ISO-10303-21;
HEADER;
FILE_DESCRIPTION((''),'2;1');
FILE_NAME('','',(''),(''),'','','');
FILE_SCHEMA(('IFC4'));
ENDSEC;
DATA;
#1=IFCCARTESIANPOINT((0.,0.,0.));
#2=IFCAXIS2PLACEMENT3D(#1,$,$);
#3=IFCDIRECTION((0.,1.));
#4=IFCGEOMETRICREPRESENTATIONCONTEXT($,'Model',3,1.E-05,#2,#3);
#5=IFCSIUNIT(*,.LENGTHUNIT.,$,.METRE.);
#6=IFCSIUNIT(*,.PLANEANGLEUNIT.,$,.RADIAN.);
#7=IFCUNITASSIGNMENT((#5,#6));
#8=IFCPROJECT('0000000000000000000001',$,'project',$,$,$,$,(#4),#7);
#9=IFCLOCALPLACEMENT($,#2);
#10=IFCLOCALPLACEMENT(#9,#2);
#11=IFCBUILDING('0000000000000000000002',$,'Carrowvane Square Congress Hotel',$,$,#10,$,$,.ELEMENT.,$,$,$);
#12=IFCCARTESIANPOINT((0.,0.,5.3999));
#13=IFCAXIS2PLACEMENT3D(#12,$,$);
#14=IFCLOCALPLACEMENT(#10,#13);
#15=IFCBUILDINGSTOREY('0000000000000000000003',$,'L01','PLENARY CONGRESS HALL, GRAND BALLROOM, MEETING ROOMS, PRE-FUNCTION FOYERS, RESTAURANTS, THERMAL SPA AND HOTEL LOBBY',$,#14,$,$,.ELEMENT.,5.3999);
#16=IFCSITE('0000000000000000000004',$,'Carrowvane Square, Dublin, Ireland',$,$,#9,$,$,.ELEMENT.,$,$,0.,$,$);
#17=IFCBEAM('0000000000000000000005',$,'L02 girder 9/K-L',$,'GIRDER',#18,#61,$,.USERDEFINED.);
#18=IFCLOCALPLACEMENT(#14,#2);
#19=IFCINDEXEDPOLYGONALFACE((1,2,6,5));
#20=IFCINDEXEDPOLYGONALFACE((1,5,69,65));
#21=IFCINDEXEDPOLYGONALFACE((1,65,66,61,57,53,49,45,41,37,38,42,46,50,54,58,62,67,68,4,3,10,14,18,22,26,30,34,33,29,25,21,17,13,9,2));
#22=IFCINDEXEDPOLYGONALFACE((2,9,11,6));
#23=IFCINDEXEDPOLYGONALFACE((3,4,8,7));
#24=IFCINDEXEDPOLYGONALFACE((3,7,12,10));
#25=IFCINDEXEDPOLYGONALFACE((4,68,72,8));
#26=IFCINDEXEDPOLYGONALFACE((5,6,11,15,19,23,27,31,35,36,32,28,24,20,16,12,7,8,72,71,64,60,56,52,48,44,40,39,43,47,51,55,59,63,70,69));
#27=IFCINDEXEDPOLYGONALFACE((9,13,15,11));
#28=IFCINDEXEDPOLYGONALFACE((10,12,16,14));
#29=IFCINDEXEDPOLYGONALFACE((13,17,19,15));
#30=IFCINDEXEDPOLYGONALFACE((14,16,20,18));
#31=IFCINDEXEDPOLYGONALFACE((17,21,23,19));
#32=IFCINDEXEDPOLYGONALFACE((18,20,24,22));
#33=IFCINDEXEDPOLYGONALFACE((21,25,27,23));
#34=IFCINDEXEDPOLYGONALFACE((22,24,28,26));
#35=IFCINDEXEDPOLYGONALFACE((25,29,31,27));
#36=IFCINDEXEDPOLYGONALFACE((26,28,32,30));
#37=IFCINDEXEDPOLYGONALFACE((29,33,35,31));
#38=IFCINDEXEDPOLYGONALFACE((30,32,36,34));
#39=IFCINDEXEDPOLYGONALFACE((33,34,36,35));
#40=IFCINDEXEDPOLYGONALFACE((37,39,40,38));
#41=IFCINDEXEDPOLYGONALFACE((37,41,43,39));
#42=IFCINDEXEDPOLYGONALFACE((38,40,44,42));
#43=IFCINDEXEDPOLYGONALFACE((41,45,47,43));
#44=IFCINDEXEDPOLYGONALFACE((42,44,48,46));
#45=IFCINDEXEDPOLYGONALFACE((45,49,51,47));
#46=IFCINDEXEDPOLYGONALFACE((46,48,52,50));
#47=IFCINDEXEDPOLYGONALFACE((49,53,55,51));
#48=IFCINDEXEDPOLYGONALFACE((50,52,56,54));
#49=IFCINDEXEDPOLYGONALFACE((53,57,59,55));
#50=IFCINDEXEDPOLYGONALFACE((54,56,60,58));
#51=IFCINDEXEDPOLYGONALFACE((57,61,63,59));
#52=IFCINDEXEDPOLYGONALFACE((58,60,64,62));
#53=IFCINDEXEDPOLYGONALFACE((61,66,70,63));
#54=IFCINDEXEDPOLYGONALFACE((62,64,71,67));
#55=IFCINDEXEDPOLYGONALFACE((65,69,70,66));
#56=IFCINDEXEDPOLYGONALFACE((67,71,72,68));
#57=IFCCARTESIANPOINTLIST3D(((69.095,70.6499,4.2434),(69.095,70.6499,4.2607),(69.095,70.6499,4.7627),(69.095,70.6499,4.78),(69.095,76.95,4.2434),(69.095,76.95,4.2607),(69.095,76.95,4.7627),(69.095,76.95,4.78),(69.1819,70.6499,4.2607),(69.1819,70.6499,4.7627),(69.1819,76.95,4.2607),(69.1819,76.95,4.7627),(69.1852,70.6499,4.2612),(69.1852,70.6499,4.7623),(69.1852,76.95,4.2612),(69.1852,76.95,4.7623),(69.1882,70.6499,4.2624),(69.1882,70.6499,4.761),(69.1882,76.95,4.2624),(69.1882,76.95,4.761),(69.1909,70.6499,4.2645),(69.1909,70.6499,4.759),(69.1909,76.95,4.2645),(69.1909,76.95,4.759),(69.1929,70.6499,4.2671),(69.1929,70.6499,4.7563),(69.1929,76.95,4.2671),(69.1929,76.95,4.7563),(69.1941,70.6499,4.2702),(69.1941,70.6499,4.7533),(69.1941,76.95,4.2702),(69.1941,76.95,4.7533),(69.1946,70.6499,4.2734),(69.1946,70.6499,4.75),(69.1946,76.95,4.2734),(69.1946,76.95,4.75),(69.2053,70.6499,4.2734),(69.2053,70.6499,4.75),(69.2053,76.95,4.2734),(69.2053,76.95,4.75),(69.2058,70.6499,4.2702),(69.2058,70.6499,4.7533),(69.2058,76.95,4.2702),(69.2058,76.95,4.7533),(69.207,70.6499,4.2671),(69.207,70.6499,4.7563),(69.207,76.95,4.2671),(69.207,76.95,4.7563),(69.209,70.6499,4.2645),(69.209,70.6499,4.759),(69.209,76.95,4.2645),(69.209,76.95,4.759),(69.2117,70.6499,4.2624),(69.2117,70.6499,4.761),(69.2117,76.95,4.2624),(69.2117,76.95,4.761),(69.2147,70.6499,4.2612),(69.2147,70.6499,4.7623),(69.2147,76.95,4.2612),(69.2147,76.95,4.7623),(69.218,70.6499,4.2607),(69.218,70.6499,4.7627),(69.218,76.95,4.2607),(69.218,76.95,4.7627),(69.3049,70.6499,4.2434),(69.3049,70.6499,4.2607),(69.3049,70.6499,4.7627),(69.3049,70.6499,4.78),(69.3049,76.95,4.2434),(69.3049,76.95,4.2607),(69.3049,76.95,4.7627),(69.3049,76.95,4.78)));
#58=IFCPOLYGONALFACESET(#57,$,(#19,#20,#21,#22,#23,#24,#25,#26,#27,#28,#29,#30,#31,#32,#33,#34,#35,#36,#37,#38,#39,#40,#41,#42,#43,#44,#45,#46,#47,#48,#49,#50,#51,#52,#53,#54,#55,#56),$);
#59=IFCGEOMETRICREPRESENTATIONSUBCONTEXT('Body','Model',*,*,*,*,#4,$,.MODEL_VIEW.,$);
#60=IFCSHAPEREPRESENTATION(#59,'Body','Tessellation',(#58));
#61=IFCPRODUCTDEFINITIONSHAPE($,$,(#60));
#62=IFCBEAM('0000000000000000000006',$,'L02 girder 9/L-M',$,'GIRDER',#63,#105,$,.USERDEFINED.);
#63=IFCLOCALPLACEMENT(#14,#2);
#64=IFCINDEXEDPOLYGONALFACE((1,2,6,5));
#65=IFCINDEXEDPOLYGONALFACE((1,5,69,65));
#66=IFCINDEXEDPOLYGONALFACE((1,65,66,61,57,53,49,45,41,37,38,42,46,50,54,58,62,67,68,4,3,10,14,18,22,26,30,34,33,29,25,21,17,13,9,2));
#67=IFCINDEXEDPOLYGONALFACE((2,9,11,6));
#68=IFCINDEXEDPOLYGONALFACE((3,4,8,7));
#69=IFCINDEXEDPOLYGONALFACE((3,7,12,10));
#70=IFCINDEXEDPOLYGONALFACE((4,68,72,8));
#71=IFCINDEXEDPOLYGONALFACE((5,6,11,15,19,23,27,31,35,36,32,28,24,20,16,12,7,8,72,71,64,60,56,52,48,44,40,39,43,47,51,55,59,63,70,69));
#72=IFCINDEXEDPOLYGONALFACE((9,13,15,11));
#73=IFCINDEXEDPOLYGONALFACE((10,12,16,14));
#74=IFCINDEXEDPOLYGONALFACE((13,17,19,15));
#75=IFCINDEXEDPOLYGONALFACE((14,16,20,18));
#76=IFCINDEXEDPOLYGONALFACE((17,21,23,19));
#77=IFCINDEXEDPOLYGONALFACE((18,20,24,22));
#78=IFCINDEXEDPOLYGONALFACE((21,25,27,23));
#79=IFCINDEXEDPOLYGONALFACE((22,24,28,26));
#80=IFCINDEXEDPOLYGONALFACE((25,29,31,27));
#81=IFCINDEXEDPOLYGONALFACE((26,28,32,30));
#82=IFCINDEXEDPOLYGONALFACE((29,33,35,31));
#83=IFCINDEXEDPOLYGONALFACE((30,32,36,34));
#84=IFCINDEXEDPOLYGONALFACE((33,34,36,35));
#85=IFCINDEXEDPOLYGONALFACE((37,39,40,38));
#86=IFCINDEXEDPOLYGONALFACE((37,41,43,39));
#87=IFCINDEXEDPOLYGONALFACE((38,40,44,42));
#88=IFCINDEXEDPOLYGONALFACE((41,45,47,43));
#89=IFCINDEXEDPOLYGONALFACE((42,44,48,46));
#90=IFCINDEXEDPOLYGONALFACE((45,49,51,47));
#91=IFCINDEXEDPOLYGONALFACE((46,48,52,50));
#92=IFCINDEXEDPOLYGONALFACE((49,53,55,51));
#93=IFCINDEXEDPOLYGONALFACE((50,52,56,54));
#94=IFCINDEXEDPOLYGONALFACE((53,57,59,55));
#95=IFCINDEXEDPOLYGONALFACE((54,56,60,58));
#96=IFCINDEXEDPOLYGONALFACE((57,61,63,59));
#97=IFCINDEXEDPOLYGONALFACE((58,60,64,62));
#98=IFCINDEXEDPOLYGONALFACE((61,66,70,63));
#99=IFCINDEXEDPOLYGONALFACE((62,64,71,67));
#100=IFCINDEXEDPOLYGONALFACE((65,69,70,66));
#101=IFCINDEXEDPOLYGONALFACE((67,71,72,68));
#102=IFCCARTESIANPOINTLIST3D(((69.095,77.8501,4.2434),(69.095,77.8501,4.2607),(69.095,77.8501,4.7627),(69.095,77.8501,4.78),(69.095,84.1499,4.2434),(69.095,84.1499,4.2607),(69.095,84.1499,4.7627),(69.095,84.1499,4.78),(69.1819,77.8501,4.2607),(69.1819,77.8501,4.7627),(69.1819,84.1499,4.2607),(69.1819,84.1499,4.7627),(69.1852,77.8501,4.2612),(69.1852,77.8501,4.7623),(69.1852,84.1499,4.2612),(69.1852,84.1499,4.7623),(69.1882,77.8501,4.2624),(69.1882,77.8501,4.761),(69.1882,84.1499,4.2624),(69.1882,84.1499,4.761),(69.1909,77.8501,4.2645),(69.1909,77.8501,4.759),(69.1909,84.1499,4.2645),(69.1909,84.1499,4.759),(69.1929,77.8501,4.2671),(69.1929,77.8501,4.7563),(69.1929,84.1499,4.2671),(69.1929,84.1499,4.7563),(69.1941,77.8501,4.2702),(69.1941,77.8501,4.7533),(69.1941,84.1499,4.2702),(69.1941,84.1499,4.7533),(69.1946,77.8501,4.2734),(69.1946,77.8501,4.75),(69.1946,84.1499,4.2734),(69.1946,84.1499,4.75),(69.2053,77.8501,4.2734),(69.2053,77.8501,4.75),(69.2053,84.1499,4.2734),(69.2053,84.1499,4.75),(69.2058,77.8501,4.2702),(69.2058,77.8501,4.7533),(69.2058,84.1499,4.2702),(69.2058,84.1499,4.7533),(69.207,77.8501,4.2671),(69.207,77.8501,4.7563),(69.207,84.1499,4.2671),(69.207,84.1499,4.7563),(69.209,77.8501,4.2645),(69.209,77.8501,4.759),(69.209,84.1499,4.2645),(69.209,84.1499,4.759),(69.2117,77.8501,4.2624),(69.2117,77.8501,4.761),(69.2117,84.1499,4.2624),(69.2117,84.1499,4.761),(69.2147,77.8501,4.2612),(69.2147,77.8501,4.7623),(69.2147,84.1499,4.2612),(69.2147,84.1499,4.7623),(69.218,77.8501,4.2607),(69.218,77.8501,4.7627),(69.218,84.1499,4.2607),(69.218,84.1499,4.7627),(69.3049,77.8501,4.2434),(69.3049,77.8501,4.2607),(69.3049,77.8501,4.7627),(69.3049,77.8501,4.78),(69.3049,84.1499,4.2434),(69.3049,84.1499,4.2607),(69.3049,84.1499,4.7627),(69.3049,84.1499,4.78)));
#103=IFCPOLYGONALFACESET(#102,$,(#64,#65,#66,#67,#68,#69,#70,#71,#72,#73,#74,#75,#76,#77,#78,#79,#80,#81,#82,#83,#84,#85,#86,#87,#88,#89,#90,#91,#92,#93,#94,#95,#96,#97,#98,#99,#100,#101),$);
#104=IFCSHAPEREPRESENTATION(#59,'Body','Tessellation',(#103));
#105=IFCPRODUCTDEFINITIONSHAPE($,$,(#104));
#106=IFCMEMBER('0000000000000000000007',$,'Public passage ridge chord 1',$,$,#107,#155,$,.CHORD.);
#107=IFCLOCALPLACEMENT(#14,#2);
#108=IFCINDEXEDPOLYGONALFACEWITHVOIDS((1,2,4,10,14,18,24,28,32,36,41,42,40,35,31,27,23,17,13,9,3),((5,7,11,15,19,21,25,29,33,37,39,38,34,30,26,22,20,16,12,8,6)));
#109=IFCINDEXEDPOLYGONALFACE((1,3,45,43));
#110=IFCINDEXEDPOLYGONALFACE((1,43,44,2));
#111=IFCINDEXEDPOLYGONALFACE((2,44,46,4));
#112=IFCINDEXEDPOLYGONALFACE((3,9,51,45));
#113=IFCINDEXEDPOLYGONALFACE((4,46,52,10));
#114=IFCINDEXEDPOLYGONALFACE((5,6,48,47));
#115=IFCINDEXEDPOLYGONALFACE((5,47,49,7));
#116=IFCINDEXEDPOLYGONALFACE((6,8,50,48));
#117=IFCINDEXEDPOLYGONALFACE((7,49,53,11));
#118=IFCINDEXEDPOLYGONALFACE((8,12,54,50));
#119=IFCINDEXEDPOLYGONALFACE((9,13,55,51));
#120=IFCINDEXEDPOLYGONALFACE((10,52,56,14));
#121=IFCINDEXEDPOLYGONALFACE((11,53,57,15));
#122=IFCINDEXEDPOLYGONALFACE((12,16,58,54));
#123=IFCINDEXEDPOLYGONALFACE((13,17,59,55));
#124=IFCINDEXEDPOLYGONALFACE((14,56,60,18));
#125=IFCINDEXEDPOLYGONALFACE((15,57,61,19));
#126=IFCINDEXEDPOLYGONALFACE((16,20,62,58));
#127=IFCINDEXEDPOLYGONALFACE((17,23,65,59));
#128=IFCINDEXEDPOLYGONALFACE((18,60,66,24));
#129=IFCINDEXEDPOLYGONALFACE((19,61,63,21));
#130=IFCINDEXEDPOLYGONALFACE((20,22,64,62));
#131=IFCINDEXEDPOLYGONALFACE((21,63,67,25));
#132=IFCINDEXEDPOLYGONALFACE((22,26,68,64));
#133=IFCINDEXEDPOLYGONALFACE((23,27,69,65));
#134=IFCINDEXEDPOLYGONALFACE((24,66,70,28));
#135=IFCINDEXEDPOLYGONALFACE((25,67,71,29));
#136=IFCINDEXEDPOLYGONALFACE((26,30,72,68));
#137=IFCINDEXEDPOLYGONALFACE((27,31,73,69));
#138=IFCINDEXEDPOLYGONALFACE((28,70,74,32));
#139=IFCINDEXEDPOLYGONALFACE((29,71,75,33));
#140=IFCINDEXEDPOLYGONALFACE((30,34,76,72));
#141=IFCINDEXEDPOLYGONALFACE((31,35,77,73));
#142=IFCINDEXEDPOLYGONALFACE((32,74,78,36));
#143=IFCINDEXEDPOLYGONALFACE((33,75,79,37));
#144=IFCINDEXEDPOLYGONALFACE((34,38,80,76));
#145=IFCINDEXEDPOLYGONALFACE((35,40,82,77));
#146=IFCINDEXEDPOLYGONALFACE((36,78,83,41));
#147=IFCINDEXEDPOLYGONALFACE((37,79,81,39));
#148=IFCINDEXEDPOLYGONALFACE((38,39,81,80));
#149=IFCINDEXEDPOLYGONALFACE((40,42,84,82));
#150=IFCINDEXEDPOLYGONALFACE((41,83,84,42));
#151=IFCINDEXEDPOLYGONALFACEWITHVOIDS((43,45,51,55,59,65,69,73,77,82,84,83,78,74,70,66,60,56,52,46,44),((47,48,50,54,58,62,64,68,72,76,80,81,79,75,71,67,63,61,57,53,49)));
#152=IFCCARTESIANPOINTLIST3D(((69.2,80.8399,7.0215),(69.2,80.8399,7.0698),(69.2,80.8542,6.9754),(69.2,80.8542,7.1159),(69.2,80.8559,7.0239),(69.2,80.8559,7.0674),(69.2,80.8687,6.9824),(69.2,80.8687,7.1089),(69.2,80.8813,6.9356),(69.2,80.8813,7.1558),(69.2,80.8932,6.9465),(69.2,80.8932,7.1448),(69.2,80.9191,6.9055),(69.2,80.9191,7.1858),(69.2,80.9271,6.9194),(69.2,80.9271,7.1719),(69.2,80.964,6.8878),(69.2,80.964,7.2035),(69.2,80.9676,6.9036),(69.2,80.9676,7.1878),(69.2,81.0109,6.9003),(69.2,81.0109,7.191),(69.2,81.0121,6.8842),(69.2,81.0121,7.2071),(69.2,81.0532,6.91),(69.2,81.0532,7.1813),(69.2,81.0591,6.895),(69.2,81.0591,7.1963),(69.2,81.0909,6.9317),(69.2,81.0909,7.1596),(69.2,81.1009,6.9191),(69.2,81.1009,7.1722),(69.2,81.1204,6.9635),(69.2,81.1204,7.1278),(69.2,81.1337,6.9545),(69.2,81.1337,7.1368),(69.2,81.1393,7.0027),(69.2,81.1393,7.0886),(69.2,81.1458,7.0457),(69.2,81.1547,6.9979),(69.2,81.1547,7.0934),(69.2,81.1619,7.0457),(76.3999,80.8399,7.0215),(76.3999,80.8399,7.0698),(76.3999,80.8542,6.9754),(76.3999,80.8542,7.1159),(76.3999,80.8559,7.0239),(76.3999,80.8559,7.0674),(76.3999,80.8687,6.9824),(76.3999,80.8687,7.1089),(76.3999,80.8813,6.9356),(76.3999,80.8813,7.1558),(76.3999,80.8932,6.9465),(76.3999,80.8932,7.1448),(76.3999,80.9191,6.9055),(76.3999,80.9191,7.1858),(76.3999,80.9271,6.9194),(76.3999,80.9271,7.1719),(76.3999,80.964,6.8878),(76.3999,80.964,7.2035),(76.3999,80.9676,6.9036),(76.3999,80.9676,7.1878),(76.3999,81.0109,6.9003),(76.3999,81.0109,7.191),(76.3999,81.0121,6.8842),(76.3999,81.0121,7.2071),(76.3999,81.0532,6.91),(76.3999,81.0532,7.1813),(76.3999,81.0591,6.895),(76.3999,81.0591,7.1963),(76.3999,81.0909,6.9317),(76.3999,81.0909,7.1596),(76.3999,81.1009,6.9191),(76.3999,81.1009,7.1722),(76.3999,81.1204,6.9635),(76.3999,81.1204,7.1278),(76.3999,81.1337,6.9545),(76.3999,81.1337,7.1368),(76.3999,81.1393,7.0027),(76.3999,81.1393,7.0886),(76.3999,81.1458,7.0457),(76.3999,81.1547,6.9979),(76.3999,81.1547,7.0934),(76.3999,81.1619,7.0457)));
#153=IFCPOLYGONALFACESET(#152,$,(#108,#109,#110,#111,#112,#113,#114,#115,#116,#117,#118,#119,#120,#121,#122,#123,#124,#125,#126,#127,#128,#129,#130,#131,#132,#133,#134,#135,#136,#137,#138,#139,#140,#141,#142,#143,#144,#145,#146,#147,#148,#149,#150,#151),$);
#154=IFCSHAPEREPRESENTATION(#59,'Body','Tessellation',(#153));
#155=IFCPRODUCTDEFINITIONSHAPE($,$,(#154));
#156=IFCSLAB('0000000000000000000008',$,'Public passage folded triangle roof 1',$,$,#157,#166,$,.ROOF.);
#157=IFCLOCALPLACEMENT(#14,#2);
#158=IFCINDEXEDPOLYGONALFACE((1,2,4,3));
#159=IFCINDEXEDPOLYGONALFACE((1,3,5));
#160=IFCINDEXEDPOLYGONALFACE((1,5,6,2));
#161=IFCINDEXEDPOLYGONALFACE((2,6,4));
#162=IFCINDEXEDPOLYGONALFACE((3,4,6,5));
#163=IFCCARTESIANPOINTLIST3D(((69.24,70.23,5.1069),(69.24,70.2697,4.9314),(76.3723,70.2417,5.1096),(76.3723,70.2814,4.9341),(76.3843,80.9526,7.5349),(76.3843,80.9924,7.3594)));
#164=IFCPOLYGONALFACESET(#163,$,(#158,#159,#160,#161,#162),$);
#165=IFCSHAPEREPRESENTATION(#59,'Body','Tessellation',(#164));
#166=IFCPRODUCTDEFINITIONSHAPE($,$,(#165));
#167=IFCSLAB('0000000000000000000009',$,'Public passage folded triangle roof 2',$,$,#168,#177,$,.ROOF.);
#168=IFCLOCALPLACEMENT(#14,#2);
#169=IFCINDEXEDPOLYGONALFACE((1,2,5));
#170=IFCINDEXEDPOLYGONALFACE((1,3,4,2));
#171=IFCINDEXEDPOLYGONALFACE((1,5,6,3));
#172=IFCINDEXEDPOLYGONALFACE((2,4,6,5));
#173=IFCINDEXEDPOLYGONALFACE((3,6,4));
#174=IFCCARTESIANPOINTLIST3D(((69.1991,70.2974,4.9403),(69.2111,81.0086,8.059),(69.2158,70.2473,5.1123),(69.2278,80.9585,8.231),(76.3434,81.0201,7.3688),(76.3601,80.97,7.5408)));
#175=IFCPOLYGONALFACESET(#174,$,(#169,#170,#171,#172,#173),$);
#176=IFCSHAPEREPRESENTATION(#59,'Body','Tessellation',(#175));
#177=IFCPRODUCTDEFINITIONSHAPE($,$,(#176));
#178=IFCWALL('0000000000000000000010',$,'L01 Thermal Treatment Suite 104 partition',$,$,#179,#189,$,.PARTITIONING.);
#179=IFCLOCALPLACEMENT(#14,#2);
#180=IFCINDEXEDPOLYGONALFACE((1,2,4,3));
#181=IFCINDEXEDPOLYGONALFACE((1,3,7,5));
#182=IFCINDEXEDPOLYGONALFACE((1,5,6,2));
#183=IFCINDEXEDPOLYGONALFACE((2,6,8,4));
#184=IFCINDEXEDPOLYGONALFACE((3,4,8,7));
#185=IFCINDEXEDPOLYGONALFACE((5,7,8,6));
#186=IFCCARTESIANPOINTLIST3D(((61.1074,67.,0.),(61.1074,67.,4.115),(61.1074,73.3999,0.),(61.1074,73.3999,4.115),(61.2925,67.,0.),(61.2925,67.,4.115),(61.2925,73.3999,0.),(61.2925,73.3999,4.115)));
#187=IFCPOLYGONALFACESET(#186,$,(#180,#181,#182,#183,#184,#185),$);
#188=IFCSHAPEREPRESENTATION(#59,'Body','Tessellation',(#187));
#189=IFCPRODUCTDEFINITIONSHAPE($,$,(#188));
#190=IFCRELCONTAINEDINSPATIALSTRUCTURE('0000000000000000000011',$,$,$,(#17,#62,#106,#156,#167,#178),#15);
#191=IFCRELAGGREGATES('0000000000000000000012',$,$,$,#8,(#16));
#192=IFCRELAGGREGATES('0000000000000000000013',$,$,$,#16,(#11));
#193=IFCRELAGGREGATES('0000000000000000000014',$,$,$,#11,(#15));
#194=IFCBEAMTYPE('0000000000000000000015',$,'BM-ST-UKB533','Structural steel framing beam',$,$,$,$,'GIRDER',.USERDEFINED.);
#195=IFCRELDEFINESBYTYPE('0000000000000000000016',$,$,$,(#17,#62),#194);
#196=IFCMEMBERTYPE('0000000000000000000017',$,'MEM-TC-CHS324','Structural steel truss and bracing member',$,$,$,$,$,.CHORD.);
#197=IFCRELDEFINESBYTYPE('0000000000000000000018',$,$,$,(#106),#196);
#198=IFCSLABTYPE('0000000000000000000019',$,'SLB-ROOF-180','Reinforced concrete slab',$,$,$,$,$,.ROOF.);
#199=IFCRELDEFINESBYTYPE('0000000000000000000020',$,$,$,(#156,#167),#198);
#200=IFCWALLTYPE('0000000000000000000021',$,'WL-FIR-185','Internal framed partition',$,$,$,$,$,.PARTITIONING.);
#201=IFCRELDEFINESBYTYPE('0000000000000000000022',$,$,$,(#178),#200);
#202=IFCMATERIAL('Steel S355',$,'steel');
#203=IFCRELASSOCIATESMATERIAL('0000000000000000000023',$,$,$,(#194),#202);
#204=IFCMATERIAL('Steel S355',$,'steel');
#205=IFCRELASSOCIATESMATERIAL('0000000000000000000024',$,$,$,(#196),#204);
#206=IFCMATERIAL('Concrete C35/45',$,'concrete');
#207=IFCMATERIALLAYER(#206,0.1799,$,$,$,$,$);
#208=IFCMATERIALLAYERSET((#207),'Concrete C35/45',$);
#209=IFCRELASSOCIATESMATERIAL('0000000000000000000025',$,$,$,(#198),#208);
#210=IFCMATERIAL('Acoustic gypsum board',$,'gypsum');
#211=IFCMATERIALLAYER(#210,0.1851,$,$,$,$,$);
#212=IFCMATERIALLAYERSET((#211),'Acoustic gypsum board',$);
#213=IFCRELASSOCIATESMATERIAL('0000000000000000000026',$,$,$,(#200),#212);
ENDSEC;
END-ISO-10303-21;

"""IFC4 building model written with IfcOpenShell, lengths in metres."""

from ifc_helpers import new_model, si_unit, direction, frame, frame_2d, origin, origin_2d, place, context, subcontext, project, spatial, polyline, rectangle, hollow_circle, i_section, outline, extrude, material, layer, layer_set, material_profile, profile_set, type_object, element, save


model = new_model("IFC4")

# Units and contexts
model_context = context("Model", 3, precision=1e-05, world=origin(), true_north=direction((0.0, 1.0)))
body_context = subcontext(model_context, "Body", "Model", "MODEL_VIEW")
ifc_project = project(units=[si_unit("LENGTHUNIT", "METRE"), si_unit("PLANEANGLEUNIT", "RADIAN")], contexts=[model_context])

# Site, building, storey
site_placement = place(None, origin())
site = spatial("IfcSite", under=ifc_project, at=site_placement, Name="Carrowvane Square, Dublin, Ireland", CompositionType="ELEMENT", RefElevation=0.0)
building_placement = place(site_placement, origin())
building = spatial("IfcBuilding", under=site, at=building_placement, Name="Carrowvane Square Congress Hotel", CompositionType="ELEMENT")
storey_placement = place(building_placement, frame((0.0, 0.0, 5.3999)))
storey = spatial("IfcBuildingStorey", under=building, at=storey_placement, Name="L01", Description="PLENARY CONGRESS HALL, GRAND BALLROOM, MEETING ROOMS, PRE-FUNCTION FOYERS, RESTAURANTS, THERMAL SPA AND HOTEL LOBBY", CompositionType="ELEMENT", Elevation=5.3999)

# Beams
ifc_material_1 = material(Name="Steel S355", Category="steel")
ifc_material_profile_1 = material_profile(ifc_material_1, i_section(OverallWidth=0.21, OverallDepth=0.5366, WebThickness=0.0107, FlangeThickness=0.0173, FilletRadius=0.0127, at=origin_2d()), Name="UKB 533x210x101")
ifc_profile_set_1 = profile_set([ifc_material_profile_1], Name="Steel S355")
beam_type_1 = type_object("IfcBeamType", Name="BM-ST-UKB533", Description="Structural steel framing beam", ElementType="GIRDER", PredefinedType="USERDEFINED", material=ifc_profile_set_1)
beam_1_placement = place(storey_placement, frame((69.2, 70.6499, 4.5117), z_axis=(0.0, 1.0, 0.0), x_axis=(-1.0, 0.0, 0.0)))
element("IfcBeam", 1, at=beam_1_placement, inside=storey, type_object=beam_type_1, Name="L02 girder 9/K-L", ObjectType="GIRDER", PredefinedType="USERDEFINED", context=body_context, shape_type="SweptSolid", body=[
    extrude(i_section(OverallWidth=0.21, OverallDepth=0.5366, WebThickness=0.0107, FlangeThickness=0.0173, FilletRadius=0.0127, at=origin_2d()), origin(), (0.0, 0.0, 1.0), 6.3),
])
beam_2_placement = place(storey_placement, frame((69.2, 77.8501, 4.5117), z_axis=(0.0, 1.0, 0.0), x_axis=(-1.0, 0.0, 0.0)))
element("IfcBeam", 2, at=beam_2_placement, inside=storey, type_object=beam_type_1, Name="L02 girder 9/L-M", ObjectType="GIRDER", PredefinedType="USERDEFINED", context=body_context, shape_type="SweptSolid", body=[
    extrude(i_section(OverallWidth=0.21, OverallDepth=0.5366, WebThickness=0.0107, FlangeThickness=0.0173, FilletRadius=0.0127, at=origin_2d()), origin(), (0.0, 0.0, 1.0), 6.2998),
])

# Member
ifc_material_2 = material(Name="Steel S355", Category="steel")
ifc_material_profile_2 = material_profile(ifc_material_2, hollow_circle(Radius=0.1619, WallThickness=0.0161, at=origin_2d()), Name="CHS 323.9x16")
ifc_profile_set_2 = profile_set([ifc_material_profile_2], Name="Steel S355")
member_type = type_object("IfcMemberType", Name="MEM-TC-CHS324", Description="Structural steel truss and bracing member", PredefinedType="CHORD", material=ifc_profile_set_2)
member_placement = place(storey_placement, frame((69.2, 81.0, 7.0457), z_axis=(1.0, 0.0, 0.0), x_axis=(0.0, 1.0, 0.0)))
element("IfcMember", 3, at=member_placement, inside=storey, type_object=member_type, Name="Public passage ridge chord 1", PredefinedType="CHORD", context=body_context, shape_type="SweptSolid", body=[
    extrude(hollow_circle(Radius=0.1619, WallThickness=0.0161, at=origin_2d()), origin(), (0.0, 0.0, 1.0), 7.2),
])

# Slabs
ifc_material_3 = material(Name="Concrete C35/45", Category="concrete")
ifc_layer_1 = layer(ifc_material_3, 0.1799)
ifc_layer_set_1 = layer_set([ifc_layer_1], Name="Concrete C35/45")
slab_type = type_object("IfcSlabType", Name="SLB-ROOF-180", Description="Reinforced concrete slab", PredefinedType="ROOF", material=ifc_layer_set_1)
slab_1_placement = place(storey_placement, frame((69.24, 70.23, 5.1069), z_axis=(-0.000004, -0.220841, 0.97531), x_axis=(0.999999, 0.001643, 0.000377)))
element("IfcSlab", 4, at=slab_1_placement, inside=storey, type_object=slab_type, Name="Public passage folded triangle roof 1", PredefinedType="ROOF", context=body_context, shape_type="SweptSolid", body=[
    extrude(outline(polyline([(0.0, 0.0), (7.1323, 0.0), (7.1628, 10.9821), (0.0, 0.0)])), origin(), (0.0, 0.0, -1.0), 0.1799),
])
slab_2_placement = place(storey_placement, frame((69.2158, 70.2473, 5.1123), z_axis=(0.092954, -0.278436, 0.955946), x_axis=(0.544884, 0.8178, 0.185215)))
element("IfcSlab", 5, at=slab_2_placement, inside=storey, type_object=slab_type, Name="Public passage folded triangle roof 2", PredefinedType="ROOF", context=body_context, shape_type="SweptSolid", body=[
    extrude(outline(polyline([(0.0, 0.0), (13.1116, 0.0), (9.3437, 6.0951), (0.0, 0.0)])), origin(), (0.0, 0.0, -1.0), 0.1799),
])

# Wall
ifc_material_4 = material(Name="Acoustic gypsum board", Category="gypsum")
ifc_layer_2 = layer(ifc_material_4, 0.1851)
ifc_layer_set_2 = layer_set([ifc_layer_2], Name="Acoustic gypsum board")
wall_type_1 = type_object("IfcWallType", Name="WL-FIR-185", Description="Internal framed partition", PredefinedType="PARTITIONING", material=ifc_layer_set_2)
wall_1_placement = place(storey_placement, frame((61.2, 73.3999, 0.0), z_axis=(0.0, 0.0, 1.0), x_axis=(0.0, -1.0, 0.0)))
element("IfcWall", 6, at=wall_1_placement, inside=storey, type_object=wall_type_1, Name="L01 Thermal Treatment Suite 104 partition", PredefinedType="PARTITIONING", context=body_context, shape_type="SweptSolid", body=[
    extrude(rectangle(XDim=6.3999, YDim=0.1851, at=frame_2d((3.2, 0.0))), origin(), (0.0, 0.0, 1.0), 4.115),
])

save(model, "model.ifc")
